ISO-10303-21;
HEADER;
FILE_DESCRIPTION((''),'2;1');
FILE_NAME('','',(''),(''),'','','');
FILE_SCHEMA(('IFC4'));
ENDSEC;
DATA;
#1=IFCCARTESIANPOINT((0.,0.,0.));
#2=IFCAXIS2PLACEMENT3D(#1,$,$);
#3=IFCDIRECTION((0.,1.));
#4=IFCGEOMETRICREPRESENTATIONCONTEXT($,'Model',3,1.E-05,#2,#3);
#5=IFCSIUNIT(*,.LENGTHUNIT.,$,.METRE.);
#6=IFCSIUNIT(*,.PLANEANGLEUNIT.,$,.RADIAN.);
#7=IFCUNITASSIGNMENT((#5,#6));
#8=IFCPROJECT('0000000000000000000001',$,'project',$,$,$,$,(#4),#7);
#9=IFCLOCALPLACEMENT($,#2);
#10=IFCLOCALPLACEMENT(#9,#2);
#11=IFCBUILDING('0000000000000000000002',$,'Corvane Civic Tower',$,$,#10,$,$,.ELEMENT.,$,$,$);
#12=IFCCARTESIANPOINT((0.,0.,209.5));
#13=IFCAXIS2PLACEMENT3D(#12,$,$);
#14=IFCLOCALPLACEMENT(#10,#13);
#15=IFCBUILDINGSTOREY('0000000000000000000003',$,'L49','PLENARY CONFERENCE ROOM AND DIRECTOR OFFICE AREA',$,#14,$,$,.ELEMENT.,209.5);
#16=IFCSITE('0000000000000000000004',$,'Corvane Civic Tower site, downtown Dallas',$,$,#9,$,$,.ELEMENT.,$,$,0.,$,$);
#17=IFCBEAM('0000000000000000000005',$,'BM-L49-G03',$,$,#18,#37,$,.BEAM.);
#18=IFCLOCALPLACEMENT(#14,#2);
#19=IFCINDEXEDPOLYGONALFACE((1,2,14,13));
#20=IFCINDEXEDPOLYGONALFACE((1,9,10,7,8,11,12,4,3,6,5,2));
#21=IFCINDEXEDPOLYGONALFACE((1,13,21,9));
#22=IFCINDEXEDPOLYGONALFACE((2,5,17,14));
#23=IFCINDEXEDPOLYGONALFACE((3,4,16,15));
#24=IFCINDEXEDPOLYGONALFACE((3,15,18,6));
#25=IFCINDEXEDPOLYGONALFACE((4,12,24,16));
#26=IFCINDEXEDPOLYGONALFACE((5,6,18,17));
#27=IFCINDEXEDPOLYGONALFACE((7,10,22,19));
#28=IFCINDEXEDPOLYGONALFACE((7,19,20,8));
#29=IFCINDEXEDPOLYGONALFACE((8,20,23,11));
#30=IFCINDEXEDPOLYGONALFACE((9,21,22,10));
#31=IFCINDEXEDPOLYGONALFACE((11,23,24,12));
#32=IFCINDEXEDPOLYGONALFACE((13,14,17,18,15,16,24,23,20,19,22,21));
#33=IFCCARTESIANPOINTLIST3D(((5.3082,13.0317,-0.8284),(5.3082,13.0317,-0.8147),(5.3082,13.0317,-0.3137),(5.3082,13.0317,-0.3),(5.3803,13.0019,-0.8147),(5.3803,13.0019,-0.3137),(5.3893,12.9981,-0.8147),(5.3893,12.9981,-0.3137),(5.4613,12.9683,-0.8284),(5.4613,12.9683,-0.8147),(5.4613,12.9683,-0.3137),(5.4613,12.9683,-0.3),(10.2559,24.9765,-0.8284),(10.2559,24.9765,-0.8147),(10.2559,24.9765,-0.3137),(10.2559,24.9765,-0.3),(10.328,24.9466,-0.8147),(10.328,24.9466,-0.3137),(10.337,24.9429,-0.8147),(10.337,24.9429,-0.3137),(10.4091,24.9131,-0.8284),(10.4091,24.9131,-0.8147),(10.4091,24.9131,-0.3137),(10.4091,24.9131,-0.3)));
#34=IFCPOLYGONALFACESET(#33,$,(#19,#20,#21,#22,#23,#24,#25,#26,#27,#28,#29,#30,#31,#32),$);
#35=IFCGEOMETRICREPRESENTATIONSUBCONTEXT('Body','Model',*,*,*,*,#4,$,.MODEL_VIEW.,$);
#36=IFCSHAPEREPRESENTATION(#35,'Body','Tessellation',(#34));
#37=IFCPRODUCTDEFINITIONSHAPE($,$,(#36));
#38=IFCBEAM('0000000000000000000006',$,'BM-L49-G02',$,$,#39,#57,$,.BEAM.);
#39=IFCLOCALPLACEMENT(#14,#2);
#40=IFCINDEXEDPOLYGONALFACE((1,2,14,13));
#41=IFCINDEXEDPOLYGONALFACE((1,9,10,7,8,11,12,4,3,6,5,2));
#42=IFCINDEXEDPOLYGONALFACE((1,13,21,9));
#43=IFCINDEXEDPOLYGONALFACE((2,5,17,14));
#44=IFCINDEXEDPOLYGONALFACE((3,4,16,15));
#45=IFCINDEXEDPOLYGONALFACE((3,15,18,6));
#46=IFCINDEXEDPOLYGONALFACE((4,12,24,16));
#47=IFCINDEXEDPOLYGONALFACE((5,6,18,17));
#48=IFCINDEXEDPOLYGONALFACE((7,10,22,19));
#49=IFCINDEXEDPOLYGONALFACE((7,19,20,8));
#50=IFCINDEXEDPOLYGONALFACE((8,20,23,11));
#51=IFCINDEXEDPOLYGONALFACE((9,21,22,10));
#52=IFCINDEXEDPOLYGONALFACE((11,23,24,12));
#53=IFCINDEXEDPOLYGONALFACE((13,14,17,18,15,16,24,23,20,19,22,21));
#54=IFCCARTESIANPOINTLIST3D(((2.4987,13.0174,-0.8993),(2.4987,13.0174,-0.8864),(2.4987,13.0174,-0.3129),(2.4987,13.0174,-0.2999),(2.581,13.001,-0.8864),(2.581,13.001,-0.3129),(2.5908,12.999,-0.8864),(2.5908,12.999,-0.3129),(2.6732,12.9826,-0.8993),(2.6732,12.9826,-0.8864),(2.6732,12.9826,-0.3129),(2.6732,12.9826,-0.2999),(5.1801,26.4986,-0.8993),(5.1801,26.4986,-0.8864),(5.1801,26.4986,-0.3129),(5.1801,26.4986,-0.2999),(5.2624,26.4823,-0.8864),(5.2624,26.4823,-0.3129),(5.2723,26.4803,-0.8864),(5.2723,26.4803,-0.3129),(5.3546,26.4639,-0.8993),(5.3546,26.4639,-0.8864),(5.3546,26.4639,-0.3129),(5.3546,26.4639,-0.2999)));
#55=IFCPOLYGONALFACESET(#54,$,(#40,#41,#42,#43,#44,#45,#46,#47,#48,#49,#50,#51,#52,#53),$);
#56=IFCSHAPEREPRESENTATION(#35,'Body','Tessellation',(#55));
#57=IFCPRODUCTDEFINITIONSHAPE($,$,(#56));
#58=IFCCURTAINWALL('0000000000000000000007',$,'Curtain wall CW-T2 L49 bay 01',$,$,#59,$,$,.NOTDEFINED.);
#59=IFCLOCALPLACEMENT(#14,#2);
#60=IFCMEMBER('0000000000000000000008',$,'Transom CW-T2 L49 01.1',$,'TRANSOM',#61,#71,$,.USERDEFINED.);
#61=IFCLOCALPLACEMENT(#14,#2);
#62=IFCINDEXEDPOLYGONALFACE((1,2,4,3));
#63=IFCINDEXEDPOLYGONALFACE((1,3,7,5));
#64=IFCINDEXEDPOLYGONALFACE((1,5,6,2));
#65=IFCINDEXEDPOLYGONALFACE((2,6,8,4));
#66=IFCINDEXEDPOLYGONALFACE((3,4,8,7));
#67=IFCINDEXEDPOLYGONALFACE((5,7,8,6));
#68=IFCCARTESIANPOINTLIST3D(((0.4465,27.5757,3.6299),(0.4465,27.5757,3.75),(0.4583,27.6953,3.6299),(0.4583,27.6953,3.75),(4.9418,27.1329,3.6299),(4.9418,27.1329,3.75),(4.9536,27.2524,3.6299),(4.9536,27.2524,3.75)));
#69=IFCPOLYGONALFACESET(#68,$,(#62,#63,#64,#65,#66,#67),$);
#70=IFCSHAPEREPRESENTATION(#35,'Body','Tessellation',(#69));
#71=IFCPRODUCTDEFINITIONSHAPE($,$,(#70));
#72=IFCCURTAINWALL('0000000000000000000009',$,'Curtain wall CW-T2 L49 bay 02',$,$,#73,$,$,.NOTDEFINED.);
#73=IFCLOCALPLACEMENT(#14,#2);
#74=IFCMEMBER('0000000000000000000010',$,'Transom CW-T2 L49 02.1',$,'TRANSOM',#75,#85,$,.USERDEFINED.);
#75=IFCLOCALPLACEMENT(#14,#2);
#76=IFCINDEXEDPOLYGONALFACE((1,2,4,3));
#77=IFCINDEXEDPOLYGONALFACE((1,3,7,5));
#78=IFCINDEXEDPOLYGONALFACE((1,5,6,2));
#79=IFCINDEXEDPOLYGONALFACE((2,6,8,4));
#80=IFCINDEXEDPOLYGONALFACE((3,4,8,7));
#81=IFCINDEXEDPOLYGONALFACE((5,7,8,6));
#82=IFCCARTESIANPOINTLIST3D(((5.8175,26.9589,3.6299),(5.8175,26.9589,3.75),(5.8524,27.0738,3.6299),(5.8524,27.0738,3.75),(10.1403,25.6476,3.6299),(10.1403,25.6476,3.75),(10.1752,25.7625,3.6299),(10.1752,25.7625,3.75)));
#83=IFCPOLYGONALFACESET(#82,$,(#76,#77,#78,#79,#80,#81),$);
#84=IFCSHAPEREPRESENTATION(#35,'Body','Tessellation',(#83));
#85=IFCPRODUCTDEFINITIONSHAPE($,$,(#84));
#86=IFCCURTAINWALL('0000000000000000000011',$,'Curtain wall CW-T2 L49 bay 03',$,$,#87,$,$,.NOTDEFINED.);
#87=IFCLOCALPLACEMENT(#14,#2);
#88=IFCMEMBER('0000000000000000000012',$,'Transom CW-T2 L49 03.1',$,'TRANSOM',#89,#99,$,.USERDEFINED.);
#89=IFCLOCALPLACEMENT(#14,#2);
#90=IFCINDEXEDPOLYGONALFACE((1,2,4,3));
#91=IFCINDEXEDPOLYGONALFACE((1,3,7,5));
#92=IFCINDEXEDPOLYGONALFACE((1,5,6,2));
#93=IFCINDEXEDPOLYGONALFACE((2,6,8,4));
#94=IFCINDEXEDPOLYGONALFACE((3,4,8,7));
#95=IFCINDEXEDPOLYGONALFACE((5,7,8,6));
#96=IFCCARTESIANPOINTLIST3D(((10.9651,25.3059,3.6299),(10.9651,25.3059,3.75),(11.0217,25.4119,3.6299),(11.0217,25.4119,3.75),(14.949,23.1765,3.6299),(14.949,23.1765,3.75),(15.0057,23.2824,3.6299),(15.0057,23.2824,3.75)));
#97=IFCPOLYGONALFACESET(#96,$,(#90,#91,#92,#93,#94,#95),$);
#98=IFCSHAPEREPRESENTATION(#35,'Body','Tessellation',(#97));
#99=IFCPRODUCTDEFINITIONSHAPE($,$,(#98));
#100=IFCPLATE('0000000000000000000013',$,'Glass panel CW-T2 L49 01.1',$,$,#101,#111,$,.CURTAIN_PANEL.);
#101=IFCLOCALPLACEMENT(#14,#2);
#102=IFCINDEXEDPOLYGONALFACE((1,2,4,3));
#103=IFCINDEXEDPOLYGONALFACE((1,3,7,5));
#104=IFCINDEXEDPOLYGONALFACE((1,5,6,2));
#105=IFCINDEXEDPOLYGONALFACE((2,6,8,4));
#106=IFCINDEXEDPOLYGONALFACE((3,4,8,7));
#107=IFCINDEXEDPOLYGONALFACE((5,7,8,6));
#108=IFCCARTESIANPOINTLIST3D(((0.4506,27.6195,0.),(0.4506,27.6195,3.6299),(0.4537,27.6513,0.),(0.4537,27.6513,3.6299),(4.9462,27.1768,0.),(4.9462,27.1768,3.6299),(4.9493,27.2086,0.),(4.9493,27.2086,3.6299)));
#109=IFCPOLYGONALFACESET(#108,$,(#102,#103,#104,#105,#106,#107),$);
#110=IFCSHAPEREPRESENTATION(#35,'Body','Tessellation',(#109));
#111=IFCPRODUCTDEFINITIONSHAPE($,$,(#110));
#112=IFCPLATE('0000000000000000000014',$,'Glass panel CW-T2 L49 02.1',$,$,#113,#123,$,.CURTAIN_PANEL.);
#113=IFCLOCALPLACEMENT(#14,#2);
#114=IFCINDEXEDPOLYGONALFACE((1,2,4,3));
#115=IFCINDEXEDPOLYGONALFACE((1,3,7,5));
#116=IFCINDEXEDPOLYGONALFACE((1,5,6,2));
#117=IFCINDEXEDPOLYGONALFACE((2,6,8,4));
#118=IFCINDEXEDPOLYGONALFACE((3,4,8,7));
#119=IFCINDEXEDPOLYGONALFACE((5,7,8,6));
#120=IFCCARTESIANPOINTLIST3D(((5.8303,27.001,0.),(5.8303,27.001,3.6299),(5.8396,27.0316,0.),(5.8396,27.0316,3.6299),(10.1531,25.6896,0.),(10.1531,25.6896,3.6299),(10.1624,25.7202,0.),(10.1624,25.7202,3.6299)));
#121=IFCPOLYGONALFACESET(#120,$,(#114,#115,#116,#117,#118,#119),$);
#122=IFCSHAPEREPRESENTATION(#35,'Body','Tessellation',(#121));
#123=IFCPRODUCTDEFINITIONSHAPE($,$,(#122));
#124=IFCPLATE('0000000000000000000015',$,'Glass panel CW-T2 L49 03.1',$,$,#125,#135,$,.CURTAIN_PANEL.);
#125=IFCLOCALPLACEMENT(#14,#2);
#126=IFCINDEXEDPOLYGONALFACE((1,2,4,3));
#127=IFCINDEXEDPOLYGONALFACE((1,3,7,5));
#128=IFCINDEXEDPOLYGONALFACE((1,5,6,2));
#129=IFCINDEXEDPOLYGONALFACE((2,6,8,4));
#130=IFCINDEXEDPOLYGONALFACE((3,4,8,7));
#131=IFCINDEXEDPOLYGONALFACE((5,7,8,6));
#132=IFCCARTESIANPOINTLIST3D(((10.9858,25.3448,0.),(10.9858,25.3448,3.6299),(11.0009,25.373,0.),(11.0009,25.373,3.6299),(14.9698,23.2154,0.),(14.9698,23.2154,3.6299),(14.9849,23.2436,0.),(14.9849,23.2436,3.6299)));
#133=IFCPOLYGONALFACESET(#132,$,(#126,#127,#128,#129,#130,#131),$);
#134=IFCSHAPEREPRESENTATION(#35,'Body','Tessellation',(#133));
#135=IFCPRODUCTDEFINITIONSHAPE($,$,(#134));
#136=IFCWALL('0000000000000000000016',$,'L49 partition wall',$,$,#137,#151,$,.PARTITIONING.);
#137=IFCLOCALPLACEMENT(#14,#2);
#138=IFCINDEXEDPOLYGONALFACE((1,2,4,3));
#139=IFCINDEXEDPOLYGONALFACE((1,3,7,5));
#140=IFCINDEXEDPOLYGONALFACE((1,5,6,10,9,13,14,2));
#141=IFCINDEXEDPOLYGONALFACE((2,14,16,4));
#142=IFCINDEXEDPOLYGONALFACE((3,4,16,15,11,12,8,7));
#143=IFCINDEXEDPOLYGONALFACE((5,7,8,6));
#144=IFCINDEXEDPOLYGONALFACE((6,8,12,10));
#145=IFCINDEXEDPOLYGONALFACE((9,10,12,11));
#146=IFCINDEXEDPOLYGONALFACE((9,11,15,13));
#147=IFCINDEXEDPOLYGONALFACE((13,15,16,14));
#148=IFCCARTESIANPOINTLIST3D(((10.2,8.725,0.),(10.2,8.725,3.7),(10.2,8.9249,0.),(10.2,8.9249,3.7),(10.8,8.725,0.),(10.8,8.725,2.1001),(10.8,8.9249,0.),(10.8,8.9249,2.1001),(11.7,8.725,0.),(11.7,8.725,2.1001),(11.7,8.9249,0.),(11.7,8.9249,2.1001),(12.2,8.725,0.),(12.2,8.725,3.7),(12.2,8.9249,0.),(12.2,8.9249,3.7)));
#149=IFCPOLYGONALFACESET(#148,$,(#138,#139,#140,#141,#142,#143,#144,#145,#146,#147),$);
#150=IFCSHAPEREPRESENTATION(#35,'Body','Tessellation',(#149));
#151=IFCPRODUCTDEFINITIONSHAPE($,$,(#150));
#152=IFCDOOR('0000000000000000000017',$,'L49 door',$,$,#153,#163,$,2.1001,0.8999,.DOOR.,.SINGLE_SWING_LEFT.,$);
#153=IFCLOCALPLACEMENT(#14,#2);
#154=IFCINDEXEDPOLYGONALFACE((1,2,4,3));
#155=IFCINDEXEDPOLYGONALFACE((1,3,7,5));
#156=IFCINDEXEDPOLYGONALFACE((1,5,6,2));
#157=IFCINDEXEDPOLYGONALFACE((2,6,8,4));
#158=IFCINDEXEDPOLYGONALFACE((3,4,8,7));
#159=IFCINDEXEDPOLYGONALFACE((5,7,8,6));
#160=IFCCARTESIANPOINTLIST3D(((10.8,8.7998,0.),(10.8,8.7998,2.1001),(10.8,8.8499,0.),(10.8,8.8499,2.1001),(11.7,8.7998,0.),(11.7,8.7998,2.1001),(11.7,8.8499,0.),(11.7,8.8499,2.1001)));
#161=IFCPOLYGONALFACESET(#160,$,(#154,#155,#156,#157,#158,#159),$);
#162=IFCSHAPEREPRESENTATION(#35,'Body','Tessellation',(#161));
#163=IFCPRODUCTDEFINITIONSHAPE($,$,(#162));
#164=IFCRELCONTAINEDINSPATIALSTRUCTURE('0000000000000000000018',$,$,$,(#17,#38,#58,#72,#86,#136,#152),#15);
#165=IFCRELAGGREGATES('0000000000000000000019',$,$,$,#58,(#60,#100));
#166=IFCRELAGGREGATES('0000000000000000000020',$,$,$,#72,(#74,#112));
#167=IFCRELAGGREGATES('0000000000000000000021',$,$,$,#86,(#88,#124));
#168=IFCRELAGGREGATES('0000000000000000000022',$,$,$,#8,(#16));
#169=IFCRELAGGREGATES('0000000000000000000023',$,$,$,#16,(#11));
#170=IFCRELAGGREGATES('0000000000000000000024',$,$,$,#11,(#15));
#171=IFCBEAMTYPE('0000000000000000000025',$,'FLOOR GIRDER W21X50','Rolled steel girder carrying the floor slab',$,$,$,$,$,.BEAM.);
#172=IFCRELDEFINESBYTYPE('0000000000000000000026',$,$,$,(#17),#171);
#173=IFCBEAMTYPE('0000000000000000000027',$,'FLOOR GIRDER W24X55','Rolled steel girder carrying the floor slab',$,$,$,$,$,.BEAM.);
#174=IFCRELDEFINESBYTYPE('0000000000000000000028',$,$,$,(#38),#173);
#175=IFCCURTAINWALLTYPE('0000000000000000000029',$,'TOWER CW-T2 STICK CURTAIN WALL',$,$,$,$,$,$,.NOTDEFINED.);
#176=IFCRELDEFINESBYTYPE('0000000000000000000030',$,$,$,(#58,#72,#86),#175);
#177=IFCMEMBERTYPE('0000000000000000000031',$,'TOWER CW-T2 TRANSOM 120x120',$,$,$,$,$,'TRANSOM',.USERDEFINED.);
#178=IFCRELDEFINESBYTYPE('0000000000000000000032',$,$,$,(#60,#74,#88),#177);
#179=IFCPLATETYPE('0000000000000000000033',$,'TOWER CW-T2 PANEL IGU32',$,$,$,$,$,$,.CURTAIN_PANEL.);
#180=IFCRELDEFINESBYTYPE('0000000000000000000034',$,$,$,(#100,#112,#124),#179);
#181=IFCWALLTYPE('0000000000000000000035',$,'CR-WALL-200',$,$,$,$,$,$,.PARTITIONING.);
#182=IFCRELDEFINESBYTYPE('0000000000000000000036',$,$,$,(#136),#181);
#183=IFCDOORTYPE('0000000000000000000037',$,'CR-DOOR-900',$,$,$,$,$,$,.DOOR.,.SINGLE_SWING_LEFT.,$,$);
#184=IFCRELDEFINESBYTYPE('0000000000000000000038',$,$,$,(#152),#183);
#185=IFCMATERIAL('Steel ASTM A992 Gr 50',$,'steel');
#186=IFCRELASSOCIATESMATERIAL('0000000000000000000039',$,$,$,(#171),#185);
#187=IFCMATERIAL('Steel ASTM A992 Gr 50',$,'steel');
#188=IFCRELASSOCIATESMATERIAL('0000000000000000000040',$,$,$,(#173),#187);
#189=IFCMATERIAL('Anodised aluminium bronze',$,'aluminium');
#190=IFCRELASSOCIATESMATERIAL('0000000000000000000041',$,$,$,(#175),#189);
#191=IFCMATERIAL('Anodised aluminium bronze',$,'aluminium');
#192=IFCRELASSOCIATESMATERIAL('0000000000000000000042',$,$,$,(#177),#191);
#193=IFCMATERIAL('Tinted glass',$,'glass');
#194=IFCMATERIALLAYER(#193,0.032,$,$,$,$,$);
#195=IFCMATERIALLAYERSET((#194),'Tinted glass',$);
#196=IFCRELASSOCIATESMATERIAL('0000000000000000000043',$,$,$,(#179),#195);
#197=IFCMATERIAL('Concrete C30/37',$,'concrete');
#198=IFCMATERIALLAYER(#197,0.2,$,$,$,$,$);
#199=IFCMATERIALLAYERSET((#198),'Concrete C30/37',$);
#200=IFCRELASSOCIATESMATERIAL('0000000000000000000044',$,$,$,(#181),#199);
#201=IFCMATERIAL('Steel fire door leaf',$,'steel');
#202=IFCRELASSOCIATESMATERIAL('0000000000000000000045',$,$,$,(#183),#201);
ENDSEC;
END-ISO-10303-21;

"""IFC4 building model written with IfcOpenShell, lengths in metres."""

from ifc_helpers import new_model, si_unit, direction, frame, frame_2d, origin, origin_2d, place, context, subcontext, project, spatial, rectangle, i_section, extrude, material, layer, layer_set, material_profile, profile_set, type_object, element, fill, aggregate, save


model = new_model("IFC4")

# Units and contexts
model_context = context("Model", 3, precision=1e-05, world=origin(), true_north=direction((0.0, 1.0)))
body_context = subcontext(model_context, "Body", "Model", "MODEL_VIEW")
ifc_project = project(units=[si_unit("LENGTHUNIT", "METRE"), si_unit("PLANEANGLEUNIT", "RADIAN")], contexts=[model_context])

# Site, building, storey
site_placement = place(None, origin())
site = spatial("IfcSite", under=ifc_project, at=site_placement, Name="Corvane Civic Tower site, downtown Dallas", CompositionType="ELEMENT", RefElevation=0.0)
building_placement = place(site_placement, origin())
building = spatial("IfcBuilding", under=site, at=building_placement, Name="Corvane Civic Tower", CompositionType="ELEMENT")
storey_placement = place(building_placement, frame((0.0, 0.0, 209.5)))
storey = spatial("IfcBuildingStorey", under=building, at=storey_placement, Name="L49", Description="PLENARY CONFERENCE ROOM AND DIRECTOR OFFICE AREA", CompositionType="ELEMENT", Elevation=209.5)

# Beams
ifc_material_1 = material(Name="Steel ASTM A992 Gr 50", Category="steel")
ifc_material_profile_1 = material_profile(ifc_material_1, i_section(OverallWidth=0.1658, OverallDepth=0.5283, WebThickness=0.0098, FlangeThickness=0.0137, at=origin_2d()), Name="W21X50")
ifc_profile_set_1 = profile_set([ifc_material_profile_1], Name="Steel ASTM A992 Gr 50")
beam_type_1 = type_object("IfcBeamType", Name="FLOOR GIRDER W21X50", Description="Rolled steel girder carrying the floor slab", PredefinedType="BEAM", material=ifc_profile_set_1)
beam_1_placement = place(storey_placement, frame((5.3848, 13.0, -0.5642), z_axis=(0.382686, 0.923878, 0.0), x_axis=(-0.923878, 0.382686, 0.0)))
element("IfcBeam", 1, at=beam_1_placement, inside=storey, type_object=beam_type_1, Name="BM-L49-G03", PredefinedType="BEAM", context=body_context, shape_type="SweptSolid", body=[
    extrude(i_section(OverallWidth=0.1658, OverallDepth=0.5283, WebThickness=0.0098, FlangeThickness=0.0137, at=origin_2d()), origin(), (0.0, 0.0, 1.0), 12.929),
])
ifc_material_2 = material(Name="Steel ASTM A992 Gr 50", Category="steel")
ifc_material_profile_2 = material_profile(ifc_material_2, i_section(OverallWidth=0.178, OverallDepth=0.5994, WebThickness=0.01, FlangeThickness=0.0129, at=origin_2d()), Name="W24X55")
ifc_profile_set_2 = profile_set([ifc_material_profile_2], Name="Steel ASTM A992 Gr 50")
beam_type_2 = type_object("IfcBeamType", Name="FLOOR GIRDER W24X55", Description="Rolled steel girder carrying the floor slab", PredefinedType="BEAM", material=ifc_profile_set_2)
beam_2_placement = place(storey_placement, frame((2.5859, 13.0, -0.5996), z_axis=(0.195078, 0.980788, 0.0), x_axis=(-0.980788, 0.195078, 0.0)))
element("IfcBeam", 2, at=beam_2_placement, inside=storey, type_object=beam_type_2, Name="BM-L49-G02", PredefinedType="BEAM", context=body_context, shape_type="SweptSolid", body=[
    extrude(i_section(OverallWidth=0.178, OverallDepth=0.5994, WebThickness=0.01, FlangeThickness=0.0129, at=origin_2d()), origin(), (0.0, 0.0, 1.0), 13.7454),
])

# Curtain walls, members
ifc_material_3 = material(Name="Anodised aluminium bronze", Category="aluminium")
curtain_wall_type = type_object("IfcCurtainWallType", Name="TOWER CW-T2 STICK CURTAIN WALL", PredefinedType="NOTDEFINED", material=ifc_material_3)
curtain_wall_1_placement = place(storey_placement, origin())
curtain_wall_1 = element("IfcCurtainWall", 3, at=curtain_wall_1_placement, inside=storey, type_object=curtain_wall_type, Name="Curtain wall CW-T2 L49 bay 01", PredefinedType="NOTDEFINED")
ifc_material_4 = material(Name="Anodised aluminium bronze", Category="aluminium")
ifc_material_profile_3 = material_profile(ifc_material_4, rectangle(XDim=0.1201, YDim=0.1201, at=origin_2d()), Name="TOWER CW-T2 TRANSOM 120x120")
ifc_profile_set_3 = profile_set([ifc_material_profile_3], Name="Anodised aluminium bronze")
member_type = type_object("IfcMemberType", Name="TOWER CW-T2 TRANSOM 120x120", ElementType="TRANSOM", PredefinedType="USERDEFINED", material=ifc_profile_set_3)
member_1_placement = place(storey_placement, frame((0.4524, 27.6355, 3.6899), z_axis=(0.995182, -0.098043, 0.0), x_axis=(0.098043, 0.995182, 0.0)))
member_1 = element("IfcMember", 4, at=member_1_placement, type_object=member_type, Name="Transom CW-T2 L49 01.1", ObjectType="TRANSOM", PredefinedType="USERDEFINED", context=body_context, shape_type="SweptSolid", body=[
    extrude(rectangle(XDim=0.1201, YDim=0.1201, at=origin_2d()), origin(), (0.0, 0.0, 1.0), 4.5171),
])
curtain_wall_2_placement = place(storey_placement, origin())
curtain_wall_2 = element("IfcCurtainWall", 5, at=curtain_wall_2_placement, inside=storey, type_object=curtain_wall_type, Name="Curtain wall CW-T2 L49 bay 02", PredefinedType="NOTDEFINED")
member_2_placement = place(storey_placement, frame((5.835, 27.0164, 3.6899), z_axis=(0.956941, -0.290282, 0.0), x_axis=(0.290282, 0.956941, 0.0)))
member_2 = element("IfcMember", 6, at=member_2_placement, type_object=member_type, Name="Transom CW-T2 L49 02.1", ObjectType="TRANSOM", PredefinedType="USERDEFINED", context=body_context, shape_type="SweptSolid", body=[
    extrude(rectangle(XDim=0.1201, YDim=0.1201, at=origin_2d()), origin(), (0.0, 0.0, 1.0), 4.5173),
])
curtain_wall_3_placement = place(storey_placement, origin())
curtain_wall_3 = element("IfcCurtainWall", 7, at=curtain_wall_3_placement, inside=storey, type_object=curtain_wall_type, Name="Curtain wall CW-T2 L49 bay 03", PredefinedType="NOTDEFINED")
member_3_placement = place(storey_placement, frame((10.9934, 25.3589, 3.6899), z_axis=(0.881925, -0.47139, 0.0), x_axis=(0.47139, 0.881925, 0.0)))
member_3 = element("IfcMember", 8, at=member_3_placement, type_object=member_type, Name="Transom CW-T2 L49 03.1", ObjectType="TRANSOM", PredefinedType="USERDEFINED", context=body_context, shape_type="SweptSolid", body=[
    extrude(rectangle(XDim=0.1201, YDim=0.1201, at=origin_2d()), origin(), (0.0, 0.0, 1.0), 4.5173),
])

# Plates
ifc_material_5 = material(Name="Tinted glass", Category="glass")
ifc_layer_1 = layer(ifc_material_5, 0.032)
ifc_layer_set_1 = layer_set([ifc_layer_1], Name="Tinted glass")
plate_type = type_object("IfcPlateType", Name="TOWER CW-T2 PANEL IGU32", PredefinedType="CURTAIN_PANEL", material=ifc_layer_set_1)
plate_1_placement = place(storey_placement, frame((2.7, 27.4141, 0.0), z_axis=(0.0, 0.0, 1.0), x_axis=(0.995187, -0.097993, 0.0)))
plate_1 = element("IfcPlate", 9, at=plate_1_placement, type_object=plate_type, Name="Glass panel CW-T2 L49 01.1", PredefinedType="CURTAIN_PANEL", context=body_context, shape_type="SweptSolid", body=[
    extrude(rectangle(XDim=4.5173, YDim=0.032, at=origin_2d()), origin(), (0.0, 0.0, 1.0), 3.6299),
])
aggregate(curtain_wall_1, [member_1, plate_1])
plate_2_placement = place(storey_placement, frame((7.9963, 26.3606, 0.0), z_axis=(0.0, 0.0, 1.0), x_axis=(0.956939, -0.29029, 0.0)))
plate_2 = element("IfcPlate", 10, at=plate_2_placement, type_object=plate_type, Name="Glass panel CW-T2 L49 02.1", PredefinedType="CURTAIN_PANEL", context=body_context, shape_type="SweptSolid", body=[
    extrude(rectangle(XDim=4.5173, YDim=0.032, at=origin_2d()), origin(), (0.0, 0.0, 1.0), 3.6299),
])
aggregate(curtain_wall_2, [member_2, plate_2])
plate_3_placement = place(storey_placement, frame((12.9854, 24.2942, 0.0), z_axis=(0.0, 0.0, 1.0), x_axis=(0.88192, -0.471398, 0.0)))
plate_3 = element("IfcPlate", 11, at=plate_3_placement, type_object=plate_type, Name="Glass panel CW-T2 L49 03.1", PredefinedType="CURTAIN_PANEL", context=body_context, shape_type="SweptSolid", body=[
    extrude(rectangle(XDim=4.5173, YDim=0.032, at=origin_2d()), origin(), (0.0, 0.0, 1.0), 3.6299),
])
aggregate(curtain_wall_3, [member_3, plate_3])

# Wall, opening, door
ifc_material_6 = material(Name="Concrete C30/37", Category="concrete")
ifc_layer_2 = layer(ifc_material_6, 0.2)
ifc_layer_set_2 = layer_set([ifc_layer_2], Name="Concrete C30/37")
wall_type = type_object("IfcWallType", Name="CR-WALL-200", PredefinedType="PARTITIONING", material=ifc_layer_set_2)
wall_1_placement = place(storey_placement, frame((10.2, 8.825, 0.0), z_axis=(0.0, 0.0, 1.0), x_axis=(1.0, 0.0, 0.0)))
wall_1 = element("IfcWall", 12, at=wall_1_placement, inside=storey, type_object=wall_type, Name="L49 partition wall", PredefinedType="PARTITIONING", context=body_context, shape_type="SweptSolid", body=[
    extrude(rectangle(XDim=2.0, YDim=0.2, at=frame_2d((1.0, 0.0))), origin(), (0.0, 0.0, 1.0), 3.7),
])
opening_1_placement = place(wall_1_placement, frame((0.6001, 0.0, 0.0)))
opening_1 = element("IfcOpeningElement", 13, at=opening_1_placement, cuts=wall_1, PredefinedType="OPENING", context=body_context, shape_type="SweptSolid", body=[
    extrude(rectangle(XDim=0.8999, YDim=2.1001, at=frame_2d((0.45, 1.05))), frame((0.0, 0.1099, 0.0), z_axis=(0.0, -1.0, 0.0), x_axis=(1.0, 0.0, 0.0)), (0.0, 0.0, 1.0), 0.22),
])
ifc_material_7 = material(Name="Steel fire door leaf", Category="steel")
door_type = type_object("IfcDoorType", Name="CR-DOOR-900", OperationType="SINGLE_SWING_LEFT", PredefinedType="DOOR", material=ifc_material_7)
door_1_placement = place(opening_1_placement, origin())
door_1 = element("IfcDoor", 14, at=door_1_placement, inside=storey, type_object=door_type, Name="L49 door", OperationType="SINGLE_SWING_LEFT", OverallHeight=2.1001, OverallWidth=0.8999, PredefinedType="DOOR", context=body_context, shape_type="SweptSolid", body=[
    extrude(rectangle(XDim=0.8999, YDim=2.1001, at=frame_2d((0.45, 1.05))), frame((0.0, 0.0249, 0.0), z_axis=(0.0, -1.0, 0.0), x_axis=(1.0, 0.0, 0.0)), (0.0, 0.0, 1.0), 0.05),
])
fill(opening_1, door_1)

save(model, "model.ifc")
